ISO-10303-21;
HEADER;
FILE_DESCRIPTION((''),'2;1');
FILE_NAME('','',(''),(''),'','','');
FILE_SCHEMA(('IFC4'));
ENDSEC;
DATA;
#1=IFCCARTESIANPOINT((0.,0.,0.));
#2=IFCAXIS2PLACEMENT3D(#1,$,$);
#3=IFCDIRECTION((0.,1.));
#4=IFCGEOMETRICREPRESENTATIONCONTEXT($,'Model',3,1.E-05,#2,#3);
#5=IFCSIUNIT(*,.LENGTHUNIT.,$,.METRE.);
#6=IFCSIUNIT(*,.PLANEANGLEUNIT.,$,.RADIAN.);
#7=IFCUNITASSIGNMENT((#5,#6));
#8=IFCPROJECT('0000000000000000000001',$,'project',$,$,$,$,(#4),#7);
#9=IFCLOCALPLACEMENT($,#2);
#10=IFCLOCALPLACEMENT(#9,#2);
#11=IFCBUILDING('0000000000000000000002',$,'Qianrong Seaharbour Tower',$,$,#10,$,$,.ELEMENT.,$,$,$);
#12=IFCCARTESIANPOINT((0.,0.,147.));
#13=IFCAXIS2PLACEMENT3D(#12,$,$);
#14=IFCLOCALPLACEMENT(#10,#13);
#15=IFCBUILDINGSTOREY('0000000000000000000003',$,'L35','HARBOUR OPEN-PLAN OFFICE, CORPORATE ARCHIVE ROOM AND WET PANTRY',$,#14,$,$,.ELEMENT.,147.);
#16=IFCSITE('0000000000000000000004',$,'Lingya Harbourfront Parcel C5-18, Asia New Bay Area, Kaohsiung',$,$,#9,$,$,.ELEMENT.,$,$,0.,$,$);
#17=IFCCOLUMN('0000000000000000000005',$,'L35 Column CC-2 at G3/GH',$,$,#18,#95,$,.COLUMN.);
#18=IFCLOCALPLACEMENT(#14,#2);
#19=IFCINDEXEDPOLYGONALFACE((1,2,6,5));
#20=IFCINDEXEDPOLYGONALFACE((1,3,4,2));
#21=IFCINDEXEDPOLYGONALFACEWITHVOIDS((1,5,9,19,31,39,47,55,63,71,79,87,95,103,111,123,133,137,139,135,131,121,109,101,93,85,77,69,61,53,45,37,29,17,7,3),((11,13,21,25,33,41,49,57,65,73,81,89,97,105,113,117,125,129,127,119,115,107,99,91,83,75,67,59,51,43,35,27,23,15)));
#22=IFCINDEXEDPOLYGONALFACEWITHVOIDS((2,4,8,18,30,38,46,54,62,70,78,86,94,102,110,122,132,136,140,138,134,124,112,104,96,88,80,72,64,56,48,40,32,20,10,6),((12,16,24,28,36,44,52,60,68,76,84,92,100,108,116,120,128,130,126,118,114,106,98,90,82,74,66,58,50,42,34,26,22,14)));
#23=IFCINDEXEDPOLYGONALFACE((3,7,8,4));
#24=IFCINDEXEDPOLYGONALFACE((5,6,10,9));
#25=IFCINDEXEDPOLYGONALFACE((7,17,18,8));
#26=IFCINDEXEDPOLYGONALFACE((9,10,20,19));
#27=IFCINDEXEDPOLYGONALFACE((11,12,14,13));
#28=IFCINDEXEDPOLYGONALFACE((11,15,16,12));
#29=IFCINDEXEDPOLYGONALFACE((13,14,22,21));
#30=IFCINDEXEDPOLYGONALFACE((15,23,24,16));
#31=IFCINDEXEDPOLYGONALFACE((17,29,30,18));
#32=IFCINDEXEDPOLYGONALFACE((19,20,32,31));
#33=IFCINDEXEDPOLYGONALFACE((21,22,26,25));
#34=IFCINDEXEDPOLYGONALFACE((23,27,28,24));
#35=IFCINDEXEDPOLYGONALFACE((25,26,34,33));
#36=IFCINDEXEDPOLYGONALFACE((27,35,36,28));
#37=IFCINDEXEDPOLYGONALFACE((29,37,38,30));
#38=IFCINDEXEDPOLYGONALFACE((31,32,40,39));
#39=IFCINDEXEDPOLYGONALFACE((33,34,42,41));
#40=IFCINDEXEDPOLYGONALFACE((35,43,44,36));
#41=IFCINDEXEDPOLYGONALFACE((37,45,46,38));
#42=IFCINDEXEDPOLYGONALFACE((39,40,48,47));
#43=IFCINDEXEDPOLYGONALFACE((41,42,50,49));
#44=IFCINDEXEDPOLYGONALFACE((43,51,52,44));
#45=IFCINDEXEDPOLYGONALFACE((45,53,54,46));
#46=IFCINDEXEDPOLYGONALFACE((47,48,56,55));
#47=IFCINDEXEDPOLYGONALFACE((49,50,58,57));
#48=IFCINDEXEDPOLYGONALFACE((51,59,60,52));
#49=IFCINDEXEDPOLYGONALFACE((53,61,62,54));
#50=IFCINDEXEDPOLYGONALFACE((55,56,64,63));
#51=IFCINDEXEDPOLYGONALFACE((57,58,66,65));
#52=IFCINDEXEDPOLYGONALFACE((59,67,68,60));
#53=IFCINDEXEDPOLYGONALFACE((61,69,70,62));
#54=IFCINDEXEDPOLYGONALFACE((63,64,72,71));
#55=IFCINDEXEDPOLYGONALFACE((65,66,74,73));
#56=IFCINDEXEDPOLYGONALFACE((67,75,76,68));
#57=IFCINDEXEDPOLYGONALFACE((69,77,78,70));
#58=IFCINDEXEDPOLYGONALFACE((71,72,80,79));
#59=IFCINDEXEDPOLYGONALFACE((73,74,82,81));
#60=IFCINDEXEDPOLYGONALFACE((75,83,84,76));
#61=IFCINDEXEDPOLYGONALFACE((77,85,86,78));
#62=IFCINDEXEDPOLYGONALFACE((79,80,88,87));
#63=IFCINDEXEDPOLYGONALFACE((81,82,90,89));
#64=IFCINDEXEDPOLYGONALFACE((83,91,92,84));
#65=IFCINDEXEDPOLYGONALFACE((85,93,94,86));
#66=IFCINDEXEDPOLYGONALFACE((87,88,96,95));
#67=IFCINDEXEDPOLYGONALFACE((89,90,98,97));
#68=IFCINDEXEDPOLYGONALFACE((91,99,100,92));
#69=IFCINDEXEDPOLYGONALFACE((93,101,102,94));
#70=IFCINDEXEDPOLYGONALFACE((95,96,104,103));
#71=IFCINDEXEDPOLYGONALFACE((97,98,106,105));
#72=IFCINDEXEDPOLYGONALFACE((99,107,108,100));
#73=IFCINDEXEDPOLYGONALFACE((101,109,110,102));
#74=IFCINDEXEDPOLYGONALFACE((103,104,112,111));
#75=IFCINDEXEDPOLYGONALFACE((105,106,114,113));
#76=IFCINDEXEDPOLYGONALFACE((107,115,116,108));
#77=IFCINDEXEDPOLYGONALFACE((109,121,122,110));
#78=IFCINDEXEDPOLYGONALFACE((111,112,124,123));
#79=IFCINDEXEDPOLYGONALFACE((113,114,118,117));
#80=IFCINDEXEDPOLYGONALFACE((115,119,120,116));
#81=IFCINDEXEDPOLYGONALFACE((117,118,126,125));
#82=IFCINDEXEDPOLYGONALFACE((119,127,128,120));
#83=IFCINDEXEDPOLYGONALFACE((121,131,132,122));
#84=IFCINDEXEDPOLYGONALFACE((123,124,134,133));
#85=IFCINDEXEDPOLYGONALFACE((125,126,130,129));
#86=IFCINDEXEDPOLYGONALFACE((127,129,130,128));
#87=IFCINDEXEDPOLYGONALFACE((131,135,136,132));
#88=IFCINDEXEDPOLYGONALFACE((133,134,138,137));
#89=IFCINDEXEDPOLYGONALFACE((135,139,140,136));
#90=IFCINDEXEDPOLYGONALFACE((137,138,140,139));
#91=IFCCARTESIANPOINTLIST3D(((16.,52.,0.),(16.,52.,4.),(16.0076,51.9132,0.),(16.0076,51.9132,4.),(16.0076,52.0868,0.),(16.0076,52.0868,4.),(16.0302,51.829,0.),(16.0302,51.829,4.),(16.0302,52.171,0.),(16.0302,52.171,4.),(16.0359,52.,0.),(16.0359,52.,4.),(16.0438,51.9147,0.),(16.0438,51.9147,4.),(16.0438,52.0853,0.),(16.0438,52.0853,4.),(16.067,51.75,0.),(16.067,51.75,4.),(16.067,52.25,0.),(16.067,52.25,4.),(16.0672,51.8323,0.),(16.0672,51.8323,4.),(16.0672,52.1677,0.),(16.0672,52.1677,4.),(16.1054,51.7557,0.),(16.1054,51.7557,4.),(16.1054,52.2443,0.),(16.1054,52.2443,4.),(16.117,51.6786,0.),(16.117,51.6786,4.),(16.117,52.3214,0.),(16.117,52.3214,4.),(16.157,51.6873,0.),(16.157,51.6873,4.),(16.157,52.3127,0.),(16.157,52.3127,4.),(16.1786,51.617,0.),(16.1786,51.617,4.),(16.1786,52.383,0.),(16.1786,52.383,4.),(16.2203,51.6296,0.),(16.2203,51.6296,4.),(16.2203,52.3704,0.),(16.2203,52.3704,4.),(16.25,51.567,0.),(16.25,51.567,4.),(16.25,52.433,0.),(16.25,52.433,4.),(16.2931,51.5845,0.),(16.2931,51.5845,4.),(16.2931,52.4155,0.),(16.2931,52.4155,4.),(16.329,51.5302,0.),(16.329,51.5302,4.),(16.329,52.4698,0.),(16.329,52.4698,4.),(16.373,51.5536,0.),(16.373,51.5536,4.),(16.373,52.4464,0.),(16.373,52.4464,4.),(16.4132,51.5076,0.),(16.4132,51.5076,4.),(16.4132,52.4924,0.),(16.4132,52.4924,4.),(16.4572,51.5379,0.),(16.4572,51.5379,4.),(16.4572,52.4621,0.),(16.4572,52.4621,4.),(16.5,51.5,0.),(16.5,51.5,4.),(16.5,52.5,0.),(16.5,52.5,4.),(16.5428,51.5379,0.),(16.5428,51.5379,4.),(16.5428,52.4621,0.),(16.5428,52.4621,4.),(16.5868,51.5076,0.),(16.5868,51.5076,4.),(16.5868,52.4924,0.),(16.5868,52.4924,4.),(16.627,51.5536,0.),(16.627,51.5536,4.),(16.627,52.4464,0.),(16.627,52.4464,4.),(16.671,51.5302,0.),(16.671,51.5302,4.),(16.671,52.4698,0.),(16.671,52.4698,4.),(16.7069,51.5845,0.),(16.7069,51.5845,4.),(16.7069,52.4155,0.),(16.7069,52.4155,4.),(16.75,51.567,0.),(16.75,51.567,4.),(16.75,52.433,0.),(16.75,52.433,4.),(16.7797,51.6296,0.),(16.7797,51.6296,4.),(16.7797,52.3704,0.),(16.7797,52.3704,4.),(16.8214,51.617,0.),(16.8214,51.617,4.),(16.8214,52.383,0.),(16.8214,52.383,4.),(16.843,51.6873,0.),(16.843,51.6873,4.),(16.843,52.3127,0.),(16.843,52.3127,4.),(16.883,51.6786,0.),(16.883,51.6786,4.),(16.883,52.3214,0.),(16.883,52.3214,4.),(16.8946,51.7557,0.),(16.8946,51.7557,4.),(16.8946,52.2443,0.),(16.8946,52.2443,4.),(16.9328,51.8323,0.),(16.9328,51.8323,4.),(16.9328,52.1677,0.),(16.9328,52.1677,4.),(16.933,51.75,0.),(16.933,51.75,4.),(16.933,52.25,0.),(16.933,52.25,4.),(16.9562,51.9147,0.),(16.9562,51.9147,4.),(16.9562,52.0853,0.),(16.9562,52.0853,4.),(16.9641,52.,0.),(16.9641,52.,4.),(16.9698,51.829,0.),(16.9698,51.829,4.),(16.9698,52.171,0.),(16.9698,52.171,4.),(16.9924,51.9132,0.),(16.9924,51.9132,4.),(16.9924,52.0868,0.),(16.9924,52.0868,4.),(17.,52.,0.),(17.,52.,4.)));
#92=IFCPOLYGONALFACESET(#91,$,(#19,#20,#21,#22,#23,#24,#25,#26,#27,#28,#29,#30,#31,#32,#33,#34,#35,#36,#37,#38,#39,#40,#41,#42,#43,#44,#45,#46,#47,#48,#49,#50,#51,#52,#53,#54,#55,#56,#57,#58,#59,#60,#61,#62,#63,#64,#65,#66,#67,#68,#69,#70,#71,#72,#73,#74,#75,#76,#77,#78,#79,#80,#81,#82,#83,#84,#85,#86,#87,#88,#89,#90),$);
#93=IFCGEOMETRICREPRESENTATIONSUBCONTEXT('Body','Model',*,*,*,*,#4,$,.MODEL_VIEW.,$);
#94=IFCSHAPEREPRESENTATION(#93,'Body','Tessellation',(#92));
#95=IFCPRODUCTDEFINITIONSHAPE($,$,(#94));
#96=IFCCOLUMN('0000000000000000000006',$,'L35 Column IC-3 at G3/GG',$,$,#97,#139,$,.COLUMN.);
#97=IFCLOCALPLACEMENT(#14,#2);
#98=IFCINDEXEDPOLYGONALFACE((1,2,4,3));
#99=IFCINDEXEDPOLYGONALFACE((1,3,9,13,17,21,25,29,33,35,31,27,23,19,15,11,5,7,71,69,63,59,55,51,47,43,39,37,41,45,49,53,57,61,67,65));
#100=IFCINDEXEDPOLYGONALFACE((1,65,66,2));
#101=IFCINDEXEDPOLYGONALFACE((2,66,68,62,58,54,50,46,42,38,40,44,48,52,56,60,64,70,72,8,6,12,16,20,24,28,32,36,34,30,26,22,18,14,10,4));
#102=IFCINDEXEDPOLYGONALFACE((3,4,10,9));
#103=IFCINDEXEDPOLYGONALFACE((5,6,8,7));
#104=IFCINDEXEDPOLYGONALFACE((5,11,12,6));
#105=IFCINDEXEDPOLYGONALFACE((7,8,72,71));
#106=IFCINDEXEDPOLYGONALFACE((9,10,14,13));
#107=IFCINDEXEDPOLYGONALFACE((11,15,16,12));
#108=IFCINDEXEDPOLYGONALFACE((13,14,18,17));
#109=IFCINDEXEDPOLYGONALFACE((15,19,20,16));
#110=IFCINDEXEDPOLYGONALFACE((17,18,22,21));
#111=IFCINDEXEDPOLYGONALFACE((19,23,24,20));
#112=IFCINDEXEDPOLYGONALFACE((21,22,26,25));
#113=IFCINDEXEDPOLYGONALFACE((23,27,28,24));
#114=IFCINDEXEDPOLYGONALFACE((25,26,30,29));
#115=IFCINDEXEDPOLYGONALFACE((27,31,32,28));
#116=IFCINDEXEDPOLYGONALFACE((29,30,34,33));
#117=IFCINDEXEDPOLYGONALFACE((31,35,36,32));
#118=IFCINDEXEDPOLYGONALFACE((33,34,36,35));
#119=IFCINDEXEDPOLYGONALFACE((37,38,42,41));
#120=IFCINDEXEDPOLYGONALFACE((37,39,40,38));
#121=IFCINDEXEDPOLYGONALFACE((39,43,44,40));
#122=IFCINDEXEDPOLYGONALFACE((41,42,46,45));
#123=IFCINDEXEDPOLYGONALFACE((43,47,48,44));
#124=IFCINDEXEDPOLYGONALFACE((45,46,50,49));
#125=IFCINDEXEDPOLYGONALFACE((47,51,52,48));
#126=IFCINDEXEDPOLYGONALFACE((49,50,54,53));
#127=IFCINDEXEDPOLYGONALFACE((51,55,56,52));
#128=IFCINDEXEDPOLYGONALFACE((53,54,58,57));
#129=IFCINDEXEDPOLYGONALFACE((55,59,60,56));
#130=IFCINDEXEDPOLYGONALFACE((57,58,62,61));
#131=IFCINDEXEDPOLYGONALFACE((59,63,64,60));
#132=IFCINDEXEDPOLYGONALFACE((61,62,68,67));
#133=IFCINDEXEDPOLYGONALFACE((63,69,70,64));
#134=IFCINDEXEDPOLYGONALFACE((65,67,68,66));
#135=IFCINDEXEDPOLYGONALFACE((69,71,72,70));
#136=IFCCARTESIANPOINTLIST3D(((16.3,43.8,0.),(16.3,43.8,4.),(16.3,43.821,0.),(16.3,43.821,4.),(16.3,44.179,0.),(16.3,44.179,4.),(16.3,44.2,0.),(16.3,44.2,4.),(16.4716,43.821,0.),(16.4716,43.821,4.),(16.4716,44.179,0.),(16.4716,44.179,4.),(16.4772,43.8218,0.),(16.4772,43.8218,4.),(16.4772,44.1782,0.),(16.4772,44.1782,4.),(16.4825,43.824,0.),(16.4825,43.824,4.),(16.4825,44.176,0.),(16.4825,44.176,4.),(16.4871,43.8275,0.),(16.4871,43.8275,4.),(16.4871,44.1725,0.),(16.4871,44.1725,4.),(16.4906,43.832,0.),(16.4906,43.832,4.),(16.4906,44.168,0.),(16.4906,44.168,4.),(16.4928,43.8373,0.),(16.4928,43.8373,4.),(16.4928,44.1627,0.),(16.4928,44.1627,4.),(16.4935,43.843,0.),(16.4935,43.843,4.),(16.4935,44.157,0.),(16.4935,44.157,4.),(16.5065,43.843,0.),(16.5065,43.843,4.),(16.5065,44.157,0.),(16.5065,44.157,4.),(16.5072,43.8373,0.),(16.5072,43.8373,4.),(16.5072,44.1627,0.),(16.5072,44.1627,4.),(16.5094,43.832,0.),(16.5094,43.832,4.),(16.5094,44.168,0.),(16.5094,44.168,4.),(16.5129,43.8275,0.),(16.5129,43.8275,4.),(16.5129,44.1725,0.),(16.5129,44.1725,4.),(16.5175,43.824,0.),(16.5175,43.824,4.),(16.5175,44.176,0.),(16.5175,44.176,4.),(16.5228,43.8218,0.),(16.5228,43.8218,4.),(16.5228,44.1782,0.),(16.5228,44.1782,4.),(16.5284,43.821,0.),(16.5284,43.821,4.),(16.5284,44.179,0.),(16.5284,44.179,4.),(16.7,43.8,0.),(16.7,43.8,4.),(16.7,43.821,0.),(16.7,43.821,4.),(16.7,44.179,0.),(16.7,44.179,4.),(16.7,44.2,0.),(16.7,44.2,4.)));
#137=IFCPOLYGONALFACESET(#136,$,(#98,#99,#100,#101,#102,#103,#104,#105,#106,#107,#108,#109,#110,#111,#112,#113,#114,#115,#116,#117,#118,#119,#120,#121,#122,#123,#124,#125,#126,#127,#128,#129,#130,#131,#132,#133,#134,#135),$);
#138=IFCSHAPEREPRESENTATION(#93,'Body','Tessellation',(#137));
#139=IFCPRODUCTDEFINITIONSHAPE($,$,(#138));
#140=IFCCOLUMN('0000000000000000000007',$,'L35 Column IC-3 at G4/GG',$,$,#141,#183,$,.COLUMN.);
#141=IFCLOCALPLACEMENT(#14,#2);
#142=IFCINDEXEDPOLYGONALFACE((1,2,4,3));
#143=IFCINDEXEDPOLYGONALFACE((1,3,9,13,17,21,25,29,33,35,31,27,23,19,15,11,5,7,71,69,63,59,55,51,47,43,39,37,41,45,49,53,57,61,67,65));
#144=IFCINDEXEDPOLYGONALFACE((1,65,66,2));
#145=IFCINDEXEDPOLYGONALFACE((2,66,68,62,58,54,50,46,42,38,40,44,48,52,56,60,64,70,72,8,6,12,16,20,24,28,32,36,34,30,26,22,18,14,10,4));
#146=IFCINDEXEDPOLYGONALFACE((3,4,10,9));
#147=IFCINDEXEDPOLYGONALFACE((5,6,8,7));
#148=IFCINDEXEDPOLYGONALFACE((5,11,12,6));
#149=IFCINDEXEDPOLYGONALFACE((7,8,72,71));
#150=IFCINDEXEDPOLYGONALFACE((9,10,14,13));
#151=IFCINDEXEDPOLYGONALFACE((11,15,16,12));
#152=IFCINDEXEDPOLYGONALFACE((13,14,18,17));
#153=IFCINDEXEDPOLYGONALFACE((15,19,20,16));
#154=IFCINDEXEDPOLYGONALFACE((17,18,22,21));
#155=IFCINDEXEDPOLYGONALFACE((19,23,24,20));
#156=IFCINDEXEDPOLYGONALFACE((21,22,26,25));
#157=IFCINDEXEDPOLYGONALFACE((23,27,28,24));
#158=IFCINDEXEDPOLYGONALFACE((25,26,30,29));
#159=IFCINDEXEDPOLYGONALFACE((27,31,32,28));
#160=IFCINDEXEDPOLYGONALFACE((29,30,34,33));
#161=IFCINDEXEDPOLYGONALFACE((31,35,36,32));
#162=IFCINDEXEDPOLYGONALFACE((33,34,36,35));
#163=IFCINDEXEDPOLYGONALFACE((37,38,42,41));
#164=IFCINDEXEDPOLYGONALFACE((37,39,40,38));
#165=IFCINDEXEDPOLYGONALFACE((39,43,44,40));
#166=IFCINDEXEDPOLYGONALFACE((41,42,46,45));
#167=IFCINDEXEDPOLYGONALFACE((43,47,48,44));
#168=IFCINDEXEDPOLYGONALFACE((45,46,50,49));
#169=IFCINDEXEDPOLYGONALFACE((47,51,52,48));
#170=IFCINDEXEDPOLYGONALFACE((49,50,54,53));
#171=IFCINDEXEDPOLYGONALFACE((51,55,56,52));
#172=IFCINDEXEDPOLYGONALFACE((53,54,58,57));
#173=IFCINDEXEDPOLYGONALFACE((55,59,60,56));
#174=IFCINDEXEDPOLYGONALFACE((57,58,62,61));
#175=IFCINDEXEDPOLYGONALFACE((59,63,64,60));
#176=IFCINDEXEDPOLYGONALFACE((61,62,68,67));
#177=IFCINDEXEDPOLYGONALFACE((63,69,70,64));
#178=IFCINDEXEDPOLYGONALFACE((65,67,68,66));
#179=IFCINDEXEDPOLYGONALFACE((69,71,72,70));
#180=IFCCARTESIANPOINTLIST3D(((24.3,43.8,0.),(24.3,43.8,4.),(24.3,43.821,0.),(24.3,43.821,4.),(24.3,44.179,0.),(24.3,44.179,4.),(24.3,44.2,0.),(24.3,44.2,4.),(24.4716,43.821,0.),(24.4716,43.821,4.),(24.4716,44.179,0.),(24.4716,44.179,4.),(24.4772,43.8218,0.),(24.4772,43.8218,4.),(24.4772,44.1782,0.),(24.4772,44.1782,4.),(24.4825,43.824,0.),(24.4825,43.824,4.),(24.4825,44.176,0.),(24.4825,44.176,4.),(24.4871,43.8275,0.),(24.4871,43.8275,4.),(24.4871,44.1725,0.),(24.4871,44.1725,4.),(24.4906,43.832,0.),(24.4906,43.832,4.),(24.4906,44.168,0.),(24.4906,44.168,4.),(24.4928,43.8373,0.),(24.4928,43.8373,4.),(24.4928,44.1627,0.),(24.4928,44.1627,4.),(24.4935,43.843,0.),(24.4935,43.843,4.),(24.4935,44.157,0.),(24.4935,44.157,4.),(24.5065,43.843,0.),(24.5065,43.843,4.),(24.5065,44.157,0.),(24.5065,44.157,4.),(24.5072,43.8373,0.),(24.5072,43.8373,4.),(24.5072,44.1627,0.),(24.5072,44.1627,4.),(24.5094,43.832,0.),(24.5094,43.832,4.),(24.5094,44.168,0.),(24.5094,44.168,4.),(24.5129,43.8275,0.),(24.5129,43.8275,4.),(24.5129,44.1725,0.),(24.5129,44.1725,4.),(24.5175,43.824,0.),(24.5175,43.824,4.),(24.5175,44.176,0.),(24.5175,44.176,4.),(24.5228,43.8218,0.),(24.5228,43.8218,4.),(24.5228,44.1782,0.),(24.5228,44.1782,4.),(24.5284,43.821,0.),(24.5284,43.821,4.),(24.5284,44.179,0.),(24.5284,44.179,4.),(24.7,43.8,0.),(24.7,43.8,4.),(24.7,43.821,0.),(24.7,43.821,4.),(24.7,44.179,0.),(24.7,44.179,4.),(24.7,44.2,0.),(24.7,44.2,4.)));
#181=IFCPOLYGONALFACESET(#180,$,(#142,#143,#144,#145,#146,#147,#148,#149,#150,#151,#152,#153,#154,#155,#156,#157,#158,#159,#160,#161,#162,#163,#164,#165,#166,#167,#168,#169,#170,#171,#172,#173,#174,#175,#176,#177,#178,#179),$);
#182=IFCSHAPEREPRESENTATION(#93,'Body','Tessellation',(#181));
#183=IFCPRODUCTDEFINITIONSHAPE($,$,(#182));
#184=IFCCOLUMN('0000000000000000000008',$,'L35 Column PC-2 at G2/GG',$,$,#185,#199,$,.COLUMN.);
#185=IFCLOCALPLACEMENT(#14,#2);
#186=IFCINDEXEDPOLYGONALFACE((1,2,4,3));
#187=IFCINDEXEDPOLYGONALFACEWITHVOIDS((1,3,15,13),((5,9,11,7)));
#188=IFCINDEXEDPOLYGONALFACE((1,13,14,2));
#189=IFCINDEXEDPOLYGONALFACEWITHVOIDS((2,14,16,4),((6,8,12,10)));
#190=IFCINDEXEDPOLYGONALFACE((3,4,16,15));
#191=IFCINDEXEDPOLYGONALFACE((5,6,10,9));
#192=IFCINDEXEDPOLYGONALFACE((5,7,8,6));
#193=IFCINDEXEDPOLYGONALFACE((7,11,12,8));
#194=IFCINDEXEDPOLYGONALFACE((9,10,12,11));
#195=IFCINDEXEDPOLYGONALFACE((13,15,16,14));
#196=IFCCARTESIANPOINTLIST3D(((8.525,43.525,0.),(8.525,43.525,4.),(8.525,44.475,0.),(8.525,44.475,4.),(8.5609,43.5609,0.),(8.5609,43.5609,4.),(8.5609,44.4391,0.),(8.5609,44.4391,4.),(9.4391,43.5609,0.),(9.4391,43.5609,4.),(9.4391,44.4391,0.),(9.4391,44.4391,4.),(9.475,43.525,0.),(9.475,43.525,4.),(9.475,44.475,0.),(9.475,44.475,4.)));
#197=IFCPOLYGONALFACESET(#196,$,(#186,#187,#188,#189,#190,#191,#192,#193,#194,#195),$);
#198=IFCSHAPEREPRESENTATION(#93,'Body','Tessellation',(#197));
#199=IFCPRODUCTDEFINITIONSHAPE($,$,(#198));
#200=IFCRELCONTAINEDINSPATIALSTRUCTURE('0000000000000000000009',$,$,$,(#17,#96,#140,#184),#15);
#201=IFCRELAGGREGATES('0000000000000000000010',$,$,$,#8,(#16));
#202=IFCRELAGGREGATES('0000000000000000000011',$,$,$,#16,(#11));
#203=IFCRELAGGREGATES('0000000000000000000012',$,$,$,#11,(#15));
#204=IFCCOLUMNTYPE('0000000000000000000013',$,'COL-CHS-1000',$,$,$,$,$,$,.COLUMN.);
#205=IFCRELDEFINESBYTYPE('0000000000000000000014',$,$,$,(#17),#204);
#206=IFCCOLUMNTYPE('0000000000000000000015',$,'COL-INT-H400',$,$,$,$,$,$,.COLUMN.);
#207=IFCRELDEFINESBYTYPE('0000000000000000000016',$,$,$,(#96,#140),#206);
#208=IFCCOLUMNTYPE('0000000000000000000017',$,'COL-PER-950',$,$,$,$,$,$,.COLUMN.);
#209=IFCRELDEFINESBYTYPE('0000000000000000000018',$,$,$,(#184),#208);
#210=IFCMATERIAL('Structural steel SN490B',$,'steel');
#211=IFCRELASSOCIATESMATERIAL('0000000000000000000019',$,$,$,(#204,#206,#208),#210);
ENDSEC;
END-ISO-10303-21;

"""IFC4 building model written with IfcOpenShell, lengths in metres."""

from ifc_helpers import new_model, si_unit, direction, frame, origin, origin_2d, place, context, subcontext, project, spatial, hollow_rectangle, hollow_circle, i_section, extrude, material, material_profile, profile_set, type_object, element, save


model = new_model("IFC4")

# Units and contexts
model_context = context("Model", 3, precision=1e-05, world=origin(), true_north=direction((0.0, 1.0)))
body_context = subcontext(model_context, "Body", "Model", "MODEL_VIEW")
ifc_project = project(units=[si_unit("LENGTHUNIT", "METRE"), si_unit("PLANEANGLEUNIT", "RADIAN")], contexts=[model_context])

# Site, building, storey
site_placement = place(None, origin())
site = spatial("IfcSite", under=ifc_project, at=site_placement, Name="Lingya Harbourfront Parcel C5-18, Asia New Bay Area, Kaohsiung", CompositionType="ELEMENT", RefElevation=0.0)
building_placement = place(site_placement, origin())
building = spatial("IfcBuilding", under=site, at=building_placement, Name="Qianrong Seaharbour Tower", CompositionType="ELEMENT")
storey_placement = place(building_placement, frame((0.0, 0.0, 147.0)))
storey = spatial("IfcBuildingStorey", under=building, at=storey_placement, Name="L35", Description="HARBOUR OPEN-PLAN OFFICE, CORPORATE ARCHIVE ROOM AND WET PANTRY", CompositionType="ELEMENT", Elevation=147.0)

# Columns
ifc_material_1 = material(Name="Structural steel SN490B", Category="steel")
ifc_material_profile_1 = material_profile(ifc_material_1, hollow_circle(Radius=0.5, WallThickness=0.0359, at=origin_2d()), Name="CHS1000x36")
ifc_profile_set_1 = profile_set([ifc_material_profile_1], Name="Structural steel SN490B")
column_type_1 = type_object("IfcColumnType", Name="COL-CHS-1000", PredefinedType="COLUMN", material=ifc_profile_set_1)
column_placement = place(storey_placement, frame((16.5, 52.0, 0.0), z_axis=(0.0, 0.0, 1.0), x_axis=(1.0, 0.0, 0.0)))
element("IfcColumn", 1, at=column_placement, inside=storey, type_object=column_type_1, Name="L35 Column CC-2 at G3/GH", PredefinedType="COLUMN", context=body_context, shape_type="SweptSolid", body=[
    extrude(hollow_circle(Radius=0.5, WallThickness=0.0359, at=origin_2d()), origin(), (0.0, 0.0, 1.0), 4.0),
])
ifc_material_profile_2 = material_profile(ifc_material_1, i_section(OverallWidth=0.3999, OverallDepth=0.3999, WebThickness=0.0129, FlangeThickness=0.021, FilletRadius=0.022, at=origin_2d()), Name="H400x400x13x21")
ifc_profile_set_2 = profile_set([ifc_material_profile_2], Name="Structural steel SN490B")
column_type_2 = type_object("IfcColumnType", Name="COL-INT-H400", PredefinedType="COLUMN", material=ifc_profile_set_2)
for number, where, z_axis, x_axis, name in (
    (2, (16.5, 44.0, 0.0), (0.0, 0.0, 1.0), (1.0, 0.0, 0.0), "L35 Column IC-3 at G3/GG"),
    (3, (24.5, 44.0, 0.0), (0.0, 0.0, 1.0), (1.0, 0.0, 0.0), "L35 Column IC-3 at G4/GG"),
):
    element("IfcColumn", number, at=place(storey_placement, frame(where, z_axis=z_axis, x_axis=x_axis)), inside=storey, type_object=column_type_2, Name=name, PredefinedType="COLUMN", context=body_context, shape_type="SweptSolid", body=[
        extrude(i_section(OverallWidth=0.3999, OverallDepth=0.3999, WebThickness=0.0129, FlangeThickness=0.021, FilletRadius=0.022, at=origin_2d()), origin(), (0.0, 0.0, 1.0), 4.0),
    ])
ifc_material_profile_3 = material_profile(ifc_material_1, hollow_rectangle(XDim=0.95, YDim=0.95, WallThickness=0.0359, at=origin_2d()), Name="BOX950x950x36")
ifc_profile_set_3 = profile_set([ifc_material_profile_3], Name="Structural steel SN490B")
column_type_3 = type_object("IfcColumnType", Name="COL-PER-950", PredefinedType="COLUMN", material=ifc_profile_set_3)
for number, where, z_axis, x_axis, name in (
    (4, (9.0, 44.0, 0.0), (0.0, 0.0, 1.0), (1.0, 0.0, 0.0), "L35 Column PC-2 at G2/GG"),
):
    element("IfcColumn", number, at=place(storey_placement, frame(where, z_axis=z_axis, x_axis=x_axis)), inside=storey, type_object=column_type_3, Name=name, PredefinedType="COLUMN", context=body_context, shape_type="SweptSolid", body=[
        extrude(hollow_rectangle(XDim=0.95, YDim=0.95, WallThickness=0.0359, at=origin_2d()), origin(), (0.0, 0.0, 1.0), 4.0),
    ])

save(model, "model.ifc")
